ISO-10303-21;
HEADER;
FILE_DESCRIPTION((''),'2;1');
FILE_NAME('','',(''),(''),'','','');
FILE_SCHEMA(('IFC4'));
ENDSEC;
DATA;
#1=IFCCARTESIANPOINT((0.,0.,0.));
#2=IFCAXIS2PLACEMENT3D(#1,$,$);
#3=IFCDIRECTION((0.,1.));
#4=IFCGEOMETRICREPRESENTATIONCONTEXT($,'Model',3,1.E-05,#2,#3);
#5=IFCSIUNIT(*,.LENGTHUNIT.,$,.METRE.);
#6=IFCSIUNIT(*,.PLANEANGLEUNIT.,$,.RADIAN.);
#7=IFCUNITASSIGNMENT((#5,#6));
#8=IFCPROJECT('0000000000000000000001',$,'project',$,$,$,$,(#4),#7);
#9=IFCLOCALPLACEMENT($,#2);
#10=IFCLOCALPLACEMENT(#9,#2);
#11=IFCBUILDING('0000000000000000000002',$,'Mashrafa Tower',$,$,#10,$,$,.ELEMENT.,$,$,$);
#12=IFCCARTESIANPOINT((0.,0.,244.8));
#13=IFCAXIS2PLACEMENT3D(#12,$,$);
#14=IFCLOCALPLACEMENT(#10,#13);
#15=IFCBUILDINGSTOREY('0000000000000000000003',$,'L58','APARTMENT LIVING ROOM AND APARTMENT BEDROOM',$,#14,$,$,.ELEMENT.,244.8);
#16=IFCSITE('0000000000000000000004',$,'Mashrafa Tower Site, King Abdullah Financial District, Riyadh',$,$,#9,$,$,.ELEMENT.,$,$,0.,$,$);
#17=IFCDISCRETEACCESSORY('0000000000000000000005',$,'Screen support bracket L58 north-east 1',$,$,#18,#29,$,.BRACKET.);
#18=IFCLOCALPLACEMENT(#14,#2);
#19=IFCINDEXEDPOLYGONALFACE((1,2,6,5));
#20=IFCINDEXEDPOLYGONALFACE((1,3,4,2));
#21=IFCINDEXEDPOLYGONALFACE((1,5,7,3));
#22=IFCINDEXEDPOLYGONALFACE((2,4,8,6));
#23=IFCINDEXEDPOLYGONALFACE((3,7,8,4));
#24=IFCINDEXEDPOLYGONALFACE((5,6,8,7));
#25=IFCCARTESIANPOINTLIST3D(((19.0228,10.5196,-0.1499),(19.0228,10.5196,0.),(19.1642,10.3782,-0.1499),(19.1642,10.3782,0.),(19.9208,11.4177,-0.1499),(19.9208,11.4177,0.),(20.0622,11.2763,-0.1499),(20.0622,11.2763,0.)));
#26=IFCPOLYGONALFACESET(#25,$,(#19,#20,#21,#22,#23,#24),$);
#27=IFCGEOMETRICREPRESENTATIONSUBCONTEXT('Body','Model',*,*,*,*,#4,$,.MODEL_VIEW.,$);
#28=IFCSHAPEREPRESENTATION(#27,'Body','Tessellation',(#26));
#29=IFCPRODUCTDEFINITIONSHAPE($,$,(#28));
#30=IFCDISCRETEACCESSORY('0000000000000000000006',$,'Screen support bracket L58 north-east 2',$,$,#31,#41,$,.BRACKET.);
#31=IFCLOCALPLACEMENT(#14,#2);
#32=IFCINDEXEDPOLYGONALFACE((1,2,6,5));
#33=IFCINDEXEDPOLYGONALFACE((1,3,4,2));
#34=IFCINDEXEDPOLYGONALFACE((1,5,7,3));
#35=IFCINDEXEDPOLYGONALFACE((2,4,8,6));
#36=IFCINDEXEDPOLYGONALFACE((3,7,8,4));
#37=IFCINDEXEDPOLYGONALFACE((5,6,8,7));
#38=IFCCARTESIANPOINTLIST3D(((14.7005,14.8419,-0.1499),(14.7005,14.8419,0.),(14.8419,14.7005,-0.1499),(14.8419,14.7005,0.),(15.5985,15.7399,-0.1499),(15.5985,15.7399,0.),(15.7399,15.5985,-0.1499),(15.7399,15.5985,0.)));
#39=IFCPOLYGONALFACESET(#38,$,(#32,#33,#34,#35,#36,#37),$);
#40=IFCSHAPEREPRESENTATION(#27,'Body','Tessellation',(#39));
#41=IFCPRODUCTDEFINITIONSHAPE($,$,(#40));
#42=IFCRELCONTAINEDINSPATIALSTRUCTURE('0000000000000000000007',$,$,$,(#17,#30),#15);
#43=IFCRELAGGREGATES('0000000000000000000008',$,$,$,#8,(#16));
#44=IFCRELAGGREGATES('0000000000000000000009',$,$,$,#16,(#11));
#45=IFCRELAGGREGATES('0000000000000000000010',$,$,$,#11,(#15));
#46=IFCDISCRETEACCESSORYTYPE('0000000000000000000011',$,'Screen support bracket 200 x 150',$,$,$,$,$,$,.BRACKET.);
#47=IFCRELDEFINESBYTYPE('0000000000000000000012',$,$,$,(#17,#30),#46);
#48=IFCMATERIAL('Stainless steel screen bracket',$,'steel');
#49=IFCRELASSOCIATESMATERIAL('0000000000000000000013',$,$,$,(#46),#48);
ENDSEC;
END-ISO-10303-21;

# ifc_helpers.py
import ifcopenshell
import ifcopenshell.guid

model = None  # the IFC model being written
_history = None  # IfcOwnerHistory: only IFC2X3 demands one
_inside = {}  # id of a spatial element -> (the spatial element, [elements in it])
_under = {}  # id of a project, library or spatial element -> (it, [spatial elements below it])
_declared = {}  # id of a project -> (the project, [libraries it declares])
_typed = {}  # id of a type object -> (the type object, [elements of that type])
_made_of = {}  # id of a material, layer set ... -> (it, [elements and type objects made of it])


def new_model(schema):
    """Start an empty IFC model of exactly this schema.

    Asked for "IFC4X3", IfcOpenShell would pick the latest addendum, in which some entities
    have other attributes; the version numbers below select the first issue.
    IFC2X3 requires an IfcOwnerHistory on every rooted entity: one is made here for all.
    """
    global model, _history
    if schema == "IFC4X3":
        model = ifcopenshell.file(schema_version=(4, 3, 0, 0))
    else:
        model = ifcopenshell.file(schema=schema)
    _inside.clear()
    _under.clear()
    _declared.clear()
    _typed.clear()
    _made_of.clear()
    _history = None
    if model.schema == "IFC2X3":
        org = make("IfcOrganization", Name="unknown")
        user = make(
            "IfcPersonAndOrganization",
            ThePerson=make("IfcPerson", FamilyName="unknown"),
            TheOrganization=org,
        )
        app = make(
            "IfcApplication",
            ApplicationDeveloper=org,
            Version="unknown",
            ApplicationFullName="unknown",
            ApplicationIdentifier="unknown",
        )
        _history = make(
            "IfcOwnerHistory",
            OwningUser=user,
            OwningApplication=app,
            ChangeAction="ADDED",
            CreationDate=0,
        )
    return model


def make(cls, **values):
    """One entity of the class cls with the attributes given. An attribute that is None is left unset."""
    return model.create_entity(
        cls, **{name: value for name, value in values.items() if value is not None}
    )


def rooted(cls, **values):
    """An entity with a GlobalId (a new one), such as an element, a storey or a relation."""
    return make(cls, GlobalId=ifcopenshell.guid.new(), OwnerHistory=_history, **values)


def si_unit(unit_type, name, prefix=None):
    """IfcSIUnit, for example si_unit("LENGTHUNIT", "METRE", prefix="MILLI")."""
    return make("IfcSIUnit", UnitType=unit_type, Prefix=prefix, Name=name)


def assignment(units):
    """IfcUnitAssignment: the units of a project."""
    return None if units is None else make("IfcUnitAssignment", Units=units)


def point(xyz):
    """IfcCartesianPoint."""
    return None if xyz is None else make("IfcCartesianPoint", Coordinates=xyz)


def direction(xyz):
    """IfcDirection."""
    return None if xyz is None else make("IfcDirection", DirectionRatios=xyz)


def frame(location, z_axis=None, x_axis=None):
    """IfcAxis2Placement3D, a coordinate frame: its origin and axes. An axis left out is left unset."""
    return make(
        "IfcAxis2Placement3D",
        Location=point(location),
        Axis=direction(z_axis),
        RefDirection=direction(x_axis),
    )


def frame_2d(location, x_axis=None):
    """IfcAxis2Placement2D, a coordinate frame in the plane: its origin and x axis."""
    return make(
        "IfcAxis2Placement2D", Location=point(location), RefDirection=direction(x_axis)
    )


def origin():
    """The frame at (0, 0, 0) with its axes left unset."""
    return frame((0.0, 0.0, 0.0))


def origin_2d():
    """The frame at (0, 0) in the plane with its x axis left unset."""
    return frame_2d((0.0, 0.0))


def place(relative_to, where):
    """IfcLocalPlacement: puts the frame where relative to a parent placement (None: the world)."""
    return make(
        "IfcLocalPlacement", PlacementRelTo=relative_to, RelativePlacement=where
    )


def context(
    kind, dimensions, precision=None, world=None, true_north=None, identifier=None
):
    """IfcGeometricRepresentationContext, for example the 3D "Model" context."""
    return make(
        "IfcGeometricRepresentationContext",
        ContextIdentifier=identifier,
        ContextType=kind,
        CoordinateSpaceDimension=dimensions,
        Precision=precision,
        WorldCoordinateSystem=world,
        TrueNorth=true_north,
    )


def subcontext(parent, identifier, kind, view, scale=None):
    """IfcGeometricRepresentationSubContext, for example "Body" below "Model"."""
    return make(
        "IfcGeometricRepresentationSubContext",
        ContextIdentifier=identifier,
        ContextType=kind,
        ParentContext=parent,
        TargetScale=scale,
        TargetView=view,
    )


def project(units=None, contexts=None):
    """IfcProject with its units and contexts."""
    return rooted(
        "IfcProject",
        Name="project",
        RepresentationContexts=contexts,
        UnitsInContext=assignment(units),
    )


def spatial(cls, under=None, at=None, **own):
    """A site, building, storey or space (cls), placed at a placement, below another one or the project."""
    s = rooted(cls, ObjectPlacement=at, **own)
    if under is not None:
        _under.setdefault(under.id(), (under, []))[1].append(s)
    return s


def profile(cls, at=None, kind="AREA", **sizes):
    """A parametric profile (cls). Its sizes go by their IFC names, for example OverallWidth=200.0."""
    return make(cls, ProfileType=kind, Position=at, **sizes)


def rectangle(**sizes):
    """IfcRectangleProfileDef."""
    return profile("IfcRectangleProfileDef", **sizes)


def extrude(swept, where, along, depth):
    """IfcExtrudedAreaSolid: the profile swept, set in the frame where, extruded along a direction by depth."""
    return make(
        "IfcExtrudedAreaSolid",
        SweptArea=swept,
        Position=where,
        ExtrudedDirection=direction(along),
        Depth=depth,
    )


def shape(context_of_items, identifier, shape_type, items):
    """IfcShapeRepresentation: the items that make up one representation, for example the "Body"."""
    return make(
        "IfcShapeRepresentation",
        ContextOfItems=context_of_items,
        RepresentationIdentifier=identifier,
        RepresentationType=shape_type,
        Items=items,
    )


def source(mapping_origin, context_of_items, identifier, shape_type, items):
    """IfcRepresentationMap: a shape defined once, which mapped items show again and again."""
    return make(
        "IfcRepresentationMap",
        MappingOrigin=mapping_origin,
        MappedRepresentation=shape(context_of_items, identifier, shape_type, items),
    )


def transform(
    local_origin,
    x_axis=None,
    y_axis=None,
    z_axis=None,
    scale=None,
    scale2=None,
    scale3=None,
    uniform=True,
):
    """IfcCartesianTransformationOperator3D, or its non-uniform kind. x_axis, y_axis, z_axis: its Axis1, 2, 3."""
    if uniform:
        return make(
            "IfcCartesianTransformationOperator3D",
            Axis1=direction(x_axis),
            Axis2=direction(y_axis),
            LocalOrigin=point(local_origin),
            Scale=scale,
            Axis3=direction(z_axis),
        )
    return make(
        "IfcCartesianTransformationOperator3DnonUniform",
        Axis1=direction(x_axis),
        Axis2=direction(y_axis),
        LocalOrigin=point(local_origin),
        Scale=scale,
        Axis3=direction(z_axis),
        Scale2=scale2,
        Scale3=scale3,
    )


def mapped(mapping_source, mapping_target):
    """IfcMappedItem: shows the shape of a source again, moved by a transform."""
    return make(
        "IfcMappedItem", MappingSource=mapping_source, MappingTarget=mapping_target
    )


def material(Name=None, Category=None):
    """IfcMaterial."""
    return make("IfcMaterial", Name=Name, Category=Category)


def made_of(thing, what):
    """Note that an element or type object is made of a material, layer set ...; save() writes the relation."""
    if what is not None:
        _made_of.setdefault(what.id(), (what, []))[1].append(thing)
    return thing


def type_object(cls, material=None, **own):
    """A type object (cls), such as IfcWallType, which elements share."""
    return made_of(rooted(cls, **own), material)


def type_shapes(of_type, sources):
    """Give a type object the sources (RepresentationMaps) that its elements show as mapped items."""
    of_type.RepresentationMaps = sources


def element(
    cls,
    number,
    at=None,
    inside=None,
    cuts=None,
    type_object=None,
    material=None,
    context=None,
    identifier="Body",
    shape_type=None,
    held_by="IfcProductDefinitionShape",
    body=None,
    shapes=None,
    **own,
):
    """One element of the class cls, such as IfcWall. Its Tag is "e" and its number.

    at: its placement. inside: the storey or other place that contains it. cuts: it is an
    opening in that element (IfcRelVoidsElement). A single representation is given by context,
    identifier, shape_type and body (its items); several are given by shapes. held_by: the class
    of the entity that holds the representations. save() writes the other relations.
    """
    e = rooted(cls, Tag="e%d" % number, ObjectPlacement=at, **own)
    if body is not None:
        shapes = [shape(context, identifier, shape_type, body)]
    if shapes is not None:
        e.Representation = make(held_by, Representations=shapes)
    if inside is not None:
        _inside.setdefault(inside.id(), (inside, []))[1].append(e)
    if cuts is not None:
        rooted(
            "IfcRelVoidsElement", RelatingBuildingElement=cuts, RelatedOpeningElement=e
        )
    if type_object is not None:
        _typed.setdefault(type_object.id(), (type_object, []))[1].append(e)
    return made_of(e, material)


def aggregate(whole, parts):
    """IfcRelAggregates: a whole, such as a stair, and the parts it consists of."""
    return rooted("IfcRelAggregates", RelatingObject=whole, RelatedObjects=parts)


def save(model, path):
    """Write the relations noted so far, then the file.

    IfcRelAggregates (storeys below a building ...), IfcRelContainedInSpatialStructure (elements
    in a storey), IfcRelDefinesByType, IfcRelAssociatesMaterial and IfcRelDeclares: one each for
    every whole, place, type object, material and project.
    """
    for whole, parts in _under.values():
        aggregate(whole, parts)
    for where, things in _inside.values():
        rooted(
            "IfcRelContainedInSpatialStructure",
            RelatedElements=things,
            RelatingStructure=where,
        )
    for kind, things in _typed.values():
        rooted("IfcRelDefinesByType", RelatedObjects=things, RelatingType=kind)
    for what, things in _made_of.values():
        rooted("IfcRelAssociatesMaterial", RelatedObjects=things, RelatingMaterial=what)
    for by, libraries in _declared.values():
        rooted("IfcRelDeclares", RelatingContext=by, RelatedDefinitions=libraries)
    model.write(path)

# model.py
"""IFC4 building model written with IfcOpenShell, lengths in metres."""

from ifc_helpers import new_model, si_unit, direction, frame, origin, origin_2d, place, context, subcontext, project, spatial, rectangle, extrude, source, transform, mapped, material, type_object, type_shapes, element, save


model = new_model("IFC4")

# Units and contexts
model_context = context("Model", 3, precision=1e-05, world=origin(), true_north=direction((0.0, 1.0)))
body_context = subcontext(model_context, "Body", "Model", "MODEL_VIEW")
ifc_project = project(units=[si_unit("LENGTHUNIT", "METRE"), si_unit("PLANEANGLEUNIT", "RADIAN")], contexts=[model_context])

# Site, building, storey
site_placement = place(None, origin())
site = spatial("IfcSite", under=ifc_project, at=site_placement, Name="Mashrafa Tower Site, King Abdullah Financial District, Riyadh", CompositionType="ELEMENT", RefElevation=0.0)
building_placement = place(site_placement, origin())
building = spatial("IfcBuilding", under=site, at=building_placement, Name="Mashrafa Tower", CompositionType="ELEMENT")
storey_placement = place(building_placement, frame((0.0, 0.0, 244.8)))
storey = spatial("IfcBuildingStorey", under=building, at=storey_placement, Name="L58", Description="APARTMENT LIVING ROOM AND APARTMENT BEDROOM", CompositionType="ELEMENT", Elevation=244.8)

# Discrete accessories
ifc_material_1 = material(Name="Stainless steel screen bracket", Category="steel")
discrete_accessory_type = type_object("IfcDiscreteAccessoryType", Name="Screen support bracket 200 x 150", PredefinedType="BRACKET", material=ifc_material_1)
shared_shape_1 = source(origin(), body_context, "Body", "SweptSolid", [
    extrude(rectangle(XDim=0.2, YDim=1.27, at=origin_2d()), origin(), (0.0, 0.0, 1.0), 0.1499),
])
type_shapes(discrete_accessory_type, [shared_shape_1])
for number, where, z_axis, x_axis, name in (
    (1, (19.5425, 10.8979, -0.1499), (0.0, 0.0, 1.0), (-0.707107, 0.707107, 0.0), "Screen support bracket L58 north-east 1"),
    (2, (15.2202, 15.2202, -0.1499), (0.0, 0.0, 1.0), (-0.707107, 0.707107, 0.0), "Screen support bracket L58 north-east 2"),
):
    element("IfcDiscreteAccessory", number, at=place(storey_placement, frame(where, z_axis=z_axis, x_axis=x_axis)), inside=storey, type_object=discrete_accessory_type, Name=name, PredefinedType="BRACKET", context=body_context, shape_type="MappedRepresentation", body=[
        mapped(shared_shape_1, transform((0.0, 0.0, 0.0))),
    ])

save(model, "model.ifc")
